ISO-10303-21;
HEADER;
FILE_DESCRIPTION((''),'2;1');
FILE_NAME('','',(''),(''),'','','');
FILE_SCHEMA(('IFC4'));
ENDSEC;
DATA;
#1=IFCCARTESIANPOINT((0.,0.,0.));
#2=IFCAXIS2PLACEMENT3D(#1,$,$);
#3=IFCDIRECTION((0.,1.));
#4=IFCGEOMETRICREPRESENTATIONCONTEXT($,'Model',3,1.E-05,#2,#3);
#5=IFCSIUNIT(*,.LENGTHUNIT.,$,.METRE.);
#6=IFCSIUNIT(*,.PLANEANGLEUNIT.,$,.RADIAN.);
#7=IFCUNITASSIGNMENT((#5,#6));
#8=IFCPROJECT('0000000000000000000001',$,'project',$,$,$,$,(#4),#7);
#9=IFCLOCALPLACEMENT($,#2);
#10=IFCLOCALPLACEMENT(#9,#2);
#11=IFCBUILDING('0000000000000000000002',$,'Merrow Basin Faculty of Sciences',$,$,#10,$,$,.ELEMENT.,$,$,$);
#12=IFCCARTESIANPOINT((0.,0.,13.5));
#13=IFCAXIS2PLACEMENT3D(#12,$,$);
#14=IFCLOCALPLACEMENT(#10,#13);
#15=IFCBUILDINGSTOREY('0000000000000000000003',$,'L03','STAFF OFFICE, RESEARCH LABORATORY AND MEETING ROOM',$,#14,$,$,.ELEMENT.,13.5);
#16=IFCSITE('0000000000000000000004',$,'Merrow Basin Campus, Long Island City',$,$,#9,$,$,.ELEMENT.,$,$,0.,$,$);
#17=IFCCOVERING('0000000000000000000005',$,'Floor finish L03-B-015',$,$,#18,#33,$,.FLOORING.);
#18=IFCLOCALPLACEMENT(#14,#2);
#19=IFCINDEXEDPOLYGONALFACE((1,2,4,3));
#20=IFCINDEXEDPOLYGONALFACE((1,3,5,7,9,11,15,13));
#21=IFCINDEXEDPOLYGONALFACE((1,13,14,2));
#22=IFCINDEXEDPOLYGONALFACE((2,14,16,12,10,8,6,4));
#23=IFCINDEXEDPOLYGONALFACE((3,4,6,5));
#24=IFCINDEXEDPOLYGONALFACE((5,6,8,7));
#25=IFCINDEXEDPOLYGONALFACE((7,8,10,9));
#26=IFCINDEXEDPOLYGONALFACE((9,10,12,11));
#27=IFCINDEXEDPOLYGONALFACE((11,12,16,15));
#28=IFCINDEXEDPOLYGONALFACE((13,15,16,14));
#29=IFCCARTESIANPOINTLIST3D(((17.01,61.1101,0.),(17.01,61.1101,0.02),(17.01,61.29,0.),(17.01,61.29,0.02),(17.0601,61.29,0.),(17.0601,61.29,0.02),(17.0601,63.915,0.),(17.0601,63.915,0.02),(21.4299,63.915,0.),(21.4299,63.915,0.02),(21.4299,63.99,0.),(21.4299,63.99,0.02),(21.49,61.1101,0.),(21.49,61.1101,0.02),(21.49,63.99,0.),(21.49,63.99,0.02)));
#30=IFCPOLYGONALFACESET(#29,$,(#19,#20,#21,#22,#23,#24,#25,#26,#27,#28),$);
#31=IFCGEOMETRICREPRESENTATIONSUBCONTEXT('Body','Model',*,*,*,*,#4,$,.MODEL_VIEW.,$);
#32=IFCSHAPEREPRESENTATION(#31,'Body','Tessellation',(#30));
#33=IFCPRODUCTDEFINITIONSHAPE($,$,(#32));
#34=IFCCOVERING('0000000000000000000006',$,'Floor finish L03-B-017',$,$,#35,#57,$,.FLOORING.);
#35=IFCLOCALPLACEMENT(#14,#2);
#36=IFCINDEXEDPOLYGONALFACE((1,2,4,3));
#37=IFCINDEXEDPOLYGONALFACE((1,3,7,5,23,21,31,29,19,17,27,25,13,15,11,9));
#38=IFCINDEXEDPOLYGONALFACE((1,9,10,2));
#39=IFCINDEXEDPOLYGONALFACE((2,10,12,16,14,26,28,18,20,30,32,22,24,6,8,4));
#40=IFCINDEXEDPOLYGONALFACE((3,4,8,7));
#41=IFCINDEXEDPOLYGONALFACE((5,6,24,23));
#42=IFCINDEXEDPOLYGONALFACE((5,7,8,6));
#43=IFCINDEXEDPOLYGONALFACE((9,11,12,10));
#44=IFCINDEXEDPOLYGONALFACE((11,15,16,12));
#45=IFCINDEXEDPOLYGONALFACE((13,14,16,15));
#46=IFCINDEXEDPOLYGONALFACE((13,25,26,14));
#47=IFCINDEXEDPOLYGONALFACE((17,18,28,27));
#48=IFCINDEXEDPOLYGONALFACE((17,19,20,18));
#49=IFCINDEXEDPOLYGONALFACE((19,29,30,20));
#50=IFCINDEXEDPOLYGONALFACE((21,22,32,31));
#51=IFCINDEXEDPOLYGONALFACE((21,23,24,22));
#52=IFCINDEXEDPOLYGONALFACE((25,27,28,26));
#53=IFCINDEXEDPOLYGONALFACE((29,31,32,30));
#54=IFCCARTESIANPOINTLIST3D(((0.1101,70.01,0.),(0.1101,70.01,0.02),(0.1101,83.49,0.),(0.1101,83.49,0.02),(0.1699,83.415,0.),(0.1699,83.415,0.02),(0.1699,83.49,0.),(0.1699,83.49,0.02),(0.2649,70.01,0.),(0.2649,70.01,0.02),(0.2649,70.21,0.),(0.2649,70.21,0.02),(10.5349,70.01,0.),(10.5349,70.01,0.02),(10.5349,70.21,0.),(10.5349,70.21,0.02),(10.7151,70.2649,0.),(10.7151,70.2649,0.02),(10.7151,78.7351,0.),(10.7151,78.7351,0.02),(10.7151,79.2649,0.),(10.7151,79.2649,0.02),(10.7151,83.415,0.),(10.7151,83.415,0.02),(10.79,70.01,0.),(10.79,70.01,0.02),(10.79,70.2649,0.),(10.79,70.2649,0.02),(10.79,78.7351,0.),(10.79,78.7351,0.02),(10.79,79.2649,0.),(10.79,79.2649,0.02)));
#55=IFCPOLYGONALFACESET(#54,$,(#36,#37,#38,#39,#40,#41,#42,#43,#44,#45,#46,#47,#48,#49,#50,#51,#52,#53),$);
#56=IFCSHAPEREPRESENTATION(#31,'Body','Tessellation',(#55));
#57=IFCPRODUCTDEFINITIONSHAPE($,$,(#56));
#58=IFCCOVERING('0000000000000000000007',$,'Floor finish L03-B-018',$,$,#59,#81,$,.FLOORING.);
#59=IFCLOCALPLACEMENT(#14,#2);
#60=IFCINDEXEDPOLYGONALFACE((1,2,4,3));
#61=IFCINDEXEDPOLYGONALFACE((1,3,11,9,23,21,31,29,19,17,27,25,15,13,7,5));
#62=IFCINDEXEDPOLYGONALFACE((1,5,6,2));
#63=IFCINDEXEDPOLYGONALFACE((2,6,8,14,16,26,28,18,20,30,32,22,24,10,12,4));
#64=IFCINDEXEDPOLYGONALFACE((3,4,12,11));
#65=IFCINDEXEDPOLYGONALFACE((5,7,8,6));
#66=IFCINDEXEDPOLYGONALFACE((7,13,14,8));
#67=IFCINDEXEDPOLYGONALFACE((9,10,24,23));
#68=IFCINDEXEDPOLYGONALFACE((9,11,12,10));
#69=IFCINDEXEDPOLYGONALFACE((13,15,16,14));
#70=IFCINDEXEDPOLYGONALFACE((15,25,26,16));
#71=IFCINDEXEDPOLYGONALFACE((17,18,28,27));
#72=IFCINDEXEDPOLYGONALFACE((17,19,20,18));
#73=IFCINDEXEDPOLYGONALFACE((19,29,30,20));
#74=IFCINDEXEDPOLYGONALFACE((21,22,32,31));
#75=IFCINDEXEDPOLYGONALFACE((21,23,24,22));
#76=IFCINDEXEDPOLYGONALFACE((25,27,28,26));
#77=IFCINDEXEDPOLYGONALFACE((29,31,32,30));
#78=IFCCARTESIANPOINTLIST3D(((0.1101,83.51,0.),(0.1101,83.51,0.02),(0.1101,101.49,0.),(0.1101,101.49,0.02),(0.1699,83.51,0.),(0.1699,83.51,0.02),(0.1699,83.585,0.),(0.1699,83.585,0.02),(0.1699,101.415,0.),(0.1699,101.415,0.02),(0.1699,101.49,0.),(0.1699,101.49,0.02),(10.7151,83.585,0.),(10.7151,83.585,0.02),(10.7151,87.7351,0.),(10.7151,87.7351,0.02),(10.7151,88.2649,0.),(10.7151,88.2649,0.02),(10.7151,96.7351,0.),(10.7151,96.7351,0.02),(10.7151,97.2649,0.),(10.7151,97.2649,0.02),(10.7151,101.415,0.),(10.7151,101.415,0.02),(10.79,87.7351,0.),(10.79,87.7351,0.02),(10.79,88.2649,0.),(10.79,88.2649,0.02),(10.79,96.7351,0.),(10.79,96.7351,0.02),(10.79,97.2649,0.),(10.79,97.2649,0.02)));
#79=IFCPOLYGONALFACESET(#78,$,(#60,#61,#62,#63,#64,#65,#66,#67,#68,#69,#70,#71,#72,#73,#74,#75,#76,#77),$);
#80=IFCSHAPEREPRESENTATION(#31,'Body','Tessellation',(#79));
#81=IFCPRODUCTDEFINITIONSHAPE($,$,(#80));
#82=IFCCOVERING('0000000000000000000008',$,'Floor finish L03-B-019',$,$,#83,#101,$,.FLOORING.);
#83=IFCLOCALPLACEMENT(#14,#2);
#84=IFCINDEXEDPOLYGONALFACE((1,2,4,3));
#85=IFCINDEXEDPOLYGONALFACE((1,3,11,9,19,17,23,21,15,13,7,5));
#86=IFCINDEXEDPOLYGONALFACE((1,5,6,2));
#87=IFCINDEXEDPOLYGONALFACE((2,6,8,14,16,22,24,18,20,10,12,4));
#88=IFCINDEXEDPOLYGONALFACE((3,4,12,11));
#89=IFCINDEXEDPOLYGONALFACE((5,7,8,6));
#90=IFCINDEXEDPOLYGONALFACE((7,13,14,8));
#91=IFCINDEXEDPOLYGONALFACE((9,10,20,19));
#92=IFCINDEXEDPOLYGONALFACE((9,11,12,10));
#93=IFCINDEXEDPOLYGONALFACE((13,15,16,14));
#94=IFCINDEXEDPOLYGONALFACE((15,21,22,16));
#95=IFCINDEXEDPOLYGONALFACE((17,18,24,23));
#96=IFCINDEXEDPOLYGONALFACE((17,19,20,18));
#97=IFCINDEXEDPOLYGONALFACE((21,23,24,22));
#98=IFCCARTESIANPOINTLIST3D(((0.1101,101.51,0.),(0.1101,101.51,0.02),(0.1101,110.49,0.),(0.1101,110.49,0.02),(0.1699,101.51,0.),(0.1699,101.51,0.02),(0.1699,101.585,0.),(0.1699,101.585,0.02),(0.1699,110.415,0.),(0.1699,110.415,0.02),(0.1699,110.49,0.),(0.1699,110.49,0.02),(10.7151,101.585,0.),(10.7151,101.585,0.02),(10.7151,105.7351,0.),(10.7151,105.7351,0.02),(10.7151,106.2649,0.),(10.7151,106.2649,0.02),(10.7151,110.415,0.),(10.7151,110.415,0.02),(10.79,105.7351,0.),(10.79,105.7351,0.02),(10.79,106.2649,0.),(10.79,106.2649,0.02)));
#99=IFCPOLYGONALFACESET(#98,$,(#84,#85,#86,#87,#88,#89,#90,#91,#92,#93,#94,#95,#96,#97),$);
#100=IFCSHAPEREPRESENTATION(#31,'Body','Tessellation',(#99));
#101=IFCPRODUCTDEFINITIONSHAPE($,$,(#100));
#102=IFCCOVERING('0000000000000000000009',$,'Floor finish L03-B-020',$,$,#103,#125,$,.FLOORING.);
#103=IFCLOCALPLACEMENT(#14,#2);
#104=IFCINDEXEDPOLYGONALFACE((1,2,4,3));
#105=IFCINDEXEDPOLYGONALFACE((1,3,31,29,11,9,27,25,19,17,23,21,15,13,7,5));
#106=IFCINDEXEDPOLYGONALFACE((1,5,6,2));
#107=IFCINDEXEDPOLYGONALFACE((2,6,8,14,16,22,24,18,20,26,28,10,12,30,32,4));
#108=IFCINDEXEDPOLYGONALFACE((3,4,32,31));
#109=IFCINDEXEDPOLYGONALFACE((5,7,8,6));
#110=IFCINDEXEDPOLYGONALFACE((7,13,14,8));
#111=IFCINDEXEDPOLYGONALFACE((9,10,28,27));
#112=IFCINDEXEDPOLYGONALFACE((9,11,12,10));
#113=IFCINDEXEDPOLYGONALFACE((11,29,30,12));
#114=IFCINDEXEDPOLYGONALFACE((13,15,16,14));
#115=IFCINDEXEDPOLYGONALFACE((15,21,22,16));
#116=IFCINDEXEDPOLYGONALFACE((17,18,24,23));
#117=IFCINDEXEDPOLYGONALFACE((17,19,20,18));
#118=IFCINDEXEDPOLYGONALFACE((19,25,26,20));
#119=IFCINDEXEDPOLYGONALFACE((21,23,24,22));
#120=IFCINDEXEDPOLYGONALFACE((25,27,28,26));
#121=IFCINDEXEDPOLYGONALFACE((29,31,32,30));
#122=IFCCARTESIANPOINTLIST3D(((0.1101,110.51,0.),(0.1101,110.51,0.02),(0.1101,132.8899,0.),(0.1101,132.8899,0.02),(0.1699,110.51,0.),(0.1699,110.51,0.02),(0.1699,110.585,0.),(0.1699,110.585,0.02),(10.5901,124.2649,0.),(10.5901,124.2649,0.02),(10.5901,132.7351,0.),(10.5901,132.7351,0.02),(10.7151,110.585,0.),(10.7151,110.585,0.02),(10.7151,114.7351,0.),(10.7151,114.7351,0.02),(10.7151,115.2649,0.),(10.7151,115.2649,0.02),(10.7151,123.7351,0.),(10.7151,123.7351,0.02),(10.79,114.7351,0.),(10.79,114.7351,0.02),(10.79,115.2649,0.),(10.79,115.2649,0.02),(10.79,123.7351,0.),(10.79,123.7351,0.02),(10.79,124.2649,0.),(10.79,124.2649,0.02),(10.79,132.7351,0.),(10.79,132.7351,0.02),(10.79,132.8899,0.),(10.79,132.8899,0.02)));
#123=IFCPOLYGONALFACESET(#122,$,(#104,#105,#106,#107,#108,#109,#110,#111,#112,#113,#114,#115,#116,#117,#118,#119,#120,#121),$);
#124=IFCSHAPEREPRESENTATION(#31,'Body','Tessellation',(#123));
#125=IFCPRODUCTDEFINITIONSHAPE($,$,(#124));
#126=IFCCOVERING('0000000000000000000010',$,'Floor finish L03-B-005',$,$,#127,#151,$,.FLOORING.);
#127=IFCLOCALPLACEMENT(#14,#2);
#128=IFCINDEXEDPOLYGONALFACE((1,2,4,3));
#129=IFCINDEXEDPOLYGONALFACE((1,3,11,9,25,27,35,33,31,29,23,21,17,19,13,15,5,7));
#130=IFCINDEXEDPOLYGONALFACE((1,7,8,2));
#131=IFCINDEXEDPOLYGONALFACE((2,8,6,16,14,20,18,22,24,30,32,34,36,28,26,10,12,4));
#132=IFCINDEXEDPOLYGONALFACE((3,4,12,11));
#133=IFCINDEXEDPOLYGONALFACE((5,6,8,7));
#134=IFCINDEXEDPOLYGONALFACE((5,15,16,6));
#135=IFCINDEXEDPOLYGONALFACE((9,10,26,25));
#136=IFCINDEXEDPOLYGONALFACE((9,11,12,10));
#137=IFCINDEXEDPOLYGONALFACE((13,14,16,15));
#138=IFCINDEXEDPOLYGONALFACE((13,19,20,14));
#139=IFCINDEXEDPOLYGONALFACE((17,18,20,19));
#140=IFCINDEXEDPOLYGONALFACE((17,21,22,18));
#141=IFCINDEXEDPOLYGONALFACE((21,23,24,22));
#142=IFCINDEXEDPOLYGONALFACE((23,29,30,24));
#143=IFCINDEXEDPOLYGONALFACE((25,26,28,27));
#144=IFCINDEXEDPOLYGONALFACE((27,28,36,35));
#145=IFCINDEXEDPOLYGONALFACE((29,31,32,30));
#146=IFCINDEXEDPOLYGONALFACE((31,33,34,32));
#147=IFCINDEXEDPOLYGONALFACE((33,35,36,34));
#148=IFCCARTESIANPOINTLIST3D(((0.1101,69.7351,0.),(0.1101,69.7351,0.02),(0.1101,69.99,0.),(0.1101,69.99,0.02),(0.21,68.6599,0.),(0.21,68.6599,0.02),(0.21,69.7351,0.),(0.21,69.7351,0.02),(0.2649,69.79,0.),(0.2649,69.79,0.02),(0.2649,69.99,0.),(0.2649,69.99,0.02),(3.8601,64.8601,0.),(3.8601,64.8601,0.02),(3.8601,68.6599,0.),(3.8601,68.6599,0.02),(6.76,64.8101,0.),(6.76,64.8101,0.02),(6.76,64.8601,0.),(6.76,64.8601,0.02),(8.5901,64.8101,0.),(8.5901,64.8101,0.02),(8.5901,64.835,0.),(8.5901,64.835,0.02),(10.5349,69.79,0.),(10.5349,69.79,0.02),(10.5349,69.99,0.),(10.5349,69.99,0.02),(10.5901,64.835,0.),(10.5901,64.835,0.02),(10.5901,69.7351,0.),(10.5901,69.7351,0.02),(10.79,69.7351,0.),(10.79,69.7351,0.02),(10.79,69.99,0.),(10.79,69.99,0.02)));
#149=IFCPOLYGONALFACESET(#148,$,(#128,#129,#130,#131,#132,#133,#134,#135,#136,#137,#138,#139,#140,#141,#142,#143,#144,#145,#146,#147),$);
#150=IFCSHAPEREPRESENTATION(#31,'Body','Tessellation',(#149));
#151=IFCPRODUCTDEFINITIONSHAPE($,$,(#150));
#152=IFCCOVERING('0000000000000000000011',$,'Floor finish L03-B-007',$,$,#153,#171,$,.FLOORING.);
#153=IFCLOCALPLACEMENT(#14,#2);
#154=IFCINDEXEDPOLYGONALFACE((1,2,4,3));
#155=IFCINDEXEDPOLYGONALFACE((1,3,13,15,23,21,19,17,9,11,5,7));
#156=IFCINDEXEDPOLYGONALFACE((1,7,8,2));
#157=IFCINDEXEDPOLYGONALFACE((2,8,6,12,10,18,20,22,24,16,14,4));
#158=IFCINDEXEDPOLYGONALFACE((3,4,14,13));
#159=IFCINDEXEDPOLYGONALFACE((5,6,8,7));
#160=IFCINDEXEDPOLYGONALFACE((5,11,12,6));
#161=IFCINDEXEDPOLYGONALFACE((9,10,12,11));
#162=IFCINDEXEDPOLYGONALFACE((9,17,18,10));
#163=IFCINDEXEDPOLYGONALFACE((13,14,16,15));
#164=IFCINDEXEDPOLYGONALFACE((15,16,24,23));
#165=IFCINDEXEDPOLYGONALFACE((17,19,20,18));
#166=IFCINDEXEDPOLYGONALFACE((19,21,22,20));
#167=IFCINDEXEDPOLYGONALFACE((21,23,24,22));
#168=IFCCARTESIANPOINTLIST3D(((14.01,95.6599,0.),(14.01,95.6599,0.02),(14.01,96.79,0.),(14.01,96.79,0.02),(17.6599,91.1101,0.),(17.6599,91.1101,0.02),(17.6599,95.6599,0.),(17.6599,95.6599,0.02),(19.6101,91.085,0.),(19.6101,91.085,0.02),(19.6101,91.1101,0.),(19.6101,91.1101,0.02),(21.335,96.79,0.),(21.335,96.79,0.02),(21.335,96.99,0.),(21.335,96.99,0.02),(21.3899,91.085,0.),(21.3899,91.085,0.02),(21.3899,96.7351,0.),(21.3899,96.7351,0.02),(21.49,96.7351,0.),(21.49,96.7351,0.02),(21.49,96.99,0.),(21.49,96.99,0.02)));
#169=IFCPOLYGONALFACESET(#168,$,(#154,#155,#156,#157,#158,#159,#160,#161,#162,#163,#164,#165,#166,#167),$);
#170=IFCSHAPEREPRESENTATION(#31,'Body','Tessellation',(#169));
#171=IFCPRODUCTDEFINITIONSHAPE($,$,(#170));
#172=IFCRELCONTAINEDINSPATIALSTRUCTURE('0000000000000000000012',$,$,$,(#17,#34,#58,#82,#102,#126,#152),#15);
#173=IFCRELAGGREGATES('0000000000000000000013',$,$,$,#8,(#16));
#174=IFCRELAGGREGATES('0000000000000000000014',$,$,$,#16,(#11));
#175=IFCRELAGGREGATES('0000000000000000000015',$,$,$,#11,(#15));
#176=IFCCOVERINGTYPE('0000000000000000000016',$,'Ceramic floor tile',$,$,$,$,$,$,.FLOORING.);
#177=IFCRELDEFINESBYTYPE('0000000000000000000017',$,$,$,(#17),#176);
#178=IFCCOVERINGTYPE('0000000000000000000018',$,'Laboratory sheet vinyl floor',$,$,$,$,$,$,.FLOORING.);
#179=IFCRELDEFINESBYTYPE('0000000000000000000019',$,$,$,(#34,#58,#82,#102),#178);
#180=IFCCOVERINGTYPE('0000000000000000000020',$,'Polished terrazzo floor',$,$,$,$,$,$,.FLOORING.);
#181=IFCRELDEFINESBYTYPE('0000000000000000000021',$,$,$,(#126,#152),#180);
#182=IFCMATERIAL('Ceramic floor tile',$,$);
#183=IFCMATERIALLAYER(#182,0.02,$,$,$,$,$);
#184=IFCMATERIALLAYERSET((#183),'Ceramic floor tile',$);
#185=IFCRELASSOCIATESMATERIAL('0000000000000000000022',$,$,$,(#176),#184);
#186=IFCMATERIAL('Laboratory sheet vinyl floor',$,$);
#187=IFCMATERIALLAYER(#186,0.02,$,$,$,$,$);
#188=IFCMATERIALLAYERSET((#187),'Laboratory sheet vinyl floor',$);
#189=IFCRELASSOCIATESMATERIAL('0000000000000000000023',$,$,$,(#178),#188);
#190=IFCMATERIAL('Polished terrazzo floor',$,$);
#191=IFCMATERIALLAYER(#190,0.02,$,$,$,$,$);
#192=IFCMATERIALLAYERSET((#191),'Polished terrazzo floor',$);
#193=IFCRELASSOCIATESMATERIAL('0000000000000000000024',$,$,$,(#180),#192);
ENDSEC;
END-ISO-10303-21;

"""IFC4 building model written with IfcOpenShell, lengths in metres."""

from ifc_helpers import new_model, si_unit, direction, frame, origin, place, context, subcontext, project, spatial, polyline, outline, extrude, material, layer, layer_set, type_object, element, save


model = new_model("IFC4")

# Units and contexts
model_context = context("Model", 3, precision=1e-05, world=origin(), true_north=direction((0.0, 1.0)))
body_context = subcontext(model_context, "Body", "Model", "MODEL_VIEW")
ifc_project = project(units=[si_unit("LENGTHUNIT", "METRE"), si_unit("PLANEANGLEUNIT", "RADIAN")], contexts=[model_context])

# Site, building, storey
site_placement = place(None, origin())
site = spatial("IfcSite", under=ifc_project, at=site_placement, Name="Merrow Basin Campus, Long Island City", CompositionType="ELEMENT", RefElevation=0.0)
building_placement = place(site_placement, origin())
building = spatial("IfcBuilding", under=site, at=building_placement, Name="Merrow Basin Faculty of Sciences", CompositionType="ELEMENT")
storey_placement = place(building_placement, frame((0.0, 0.0, 13.5)))
storey = spatial("IfcBuildingStorey", under=building, at=storey_placement, Name="L03", Description="STAFF OFFICE, RESEARCH LABORATORY AND MEETING ROOM", CompositionType="ELEMENT", Elevation=13.5)

# Coverings
ifc_material_1 = material(Name="Ceramic floor tile")
ifc_layer_1 = layer(ifc_material_1, 0.02)
ifc_layer_set_1 = layer_set([ifc_layer_1], Name="Ceramic floor tile")
covering_type_1 = type_object("IfcCoveringType", Name="Ceramic floor tile", PredefinedType="FLOORING", material=ifc_layer_set_1)
covering_1_placement = place(storey_placement, origin())
element("IfcCovering", 1, at=covering_1_placement, inside=storey, type_object=covering_type_1, Name="Floor finish L03-B-015", PredefinedType="FLOORING", context=body_context, shape_type="SweptSolid", body=[
    extrude(outline(polyline([(21.49, 63.99), (21.49, 61.1101), (17.01, 61.1101), (17.01, 61.29), (17.0601, 61.29), (17.0601, 63.915), (21.4299, 63.915), (21.4299, 63.99), (21.49, 63.99)])), origin(), (0.0, 0.0, 1.0), 0.02),
])
ifc_material_2 = material(Name="Laboratory sheet vinyl floor")
ifc_layer_2 = layer(ifc_material_2, 0.02)
ifc_layer_set_2 = layer_set([ifc_layer_2], Name="Laboratory sheet vinyl floor")
covering_type_2 = type_object("IfcCoveringType", Name="Laboratory sheet vinyl floor", PredefinedType="FLOORING", material=ifc_layer_set_2)
covering_2_placement = place(storey_placement, origin())
element("IfcCovering", 2, at=covering_2_placement, inside=storey, type_object=covering_type_2, Name="Floor finish L03-B-017", PredefinedType="FLOORING", context=body_context, shape_type="SweptSolid", body=[
    extrude(outline(polyline([(10.7151, 83.415), (10.7151, 79.2649), (10.79, 79.2649), (10.79, 78.7351), (10.7151, 78.7351), (10.7151, 70.2649), (10.79, 70.2649), (10.79, 70.01), (10.5349, 70.01), (10.5349, 70.21), (0.2649, 70.21), (0.2649, 70.01), (0.1101, 70.01), (0.1101, 83.49), (0.1699, 83.49), (0.1699, 83.415), (10.7151, 83.415)])), origin(), (0.0, 0.0, 1.0), 0.02),
])
covering_3_placement = place(storey_placement, origin())
element("IfcCovering", 3, at=covering_3_placement, inside=storey, type_object=covering_type_2, Name="Floor finish L03-B-018", PredefinedType="FLOORING", context=body_context, shape_type="SweptSolid", body=[
    extrude(outline(polyline([(10.7151, 101.415), (10.7151, 97.2649), (10.79, 97.2649), (10.79, 96.7351), (10.7151, 96.7351), (10.7151, 88.2649), (10.79, 88.2649), (10.79, 87.7351), (10.7151, 87.7351), (10.7151, 83.585), (0.1699, 83.585), (0.1699, 83.51), (0.1101, 83.51), (0.1101, 101.49), (0.1699, 101.49), (0.1699, 101.415), (10.7151, 101.415)])), origin(), (0.0, 0.0, 1.0), 0.02),
])
covering_4_placement = place(storey_placement, origin())
element("IfcCovering", 4, at=covering_4_placement, inside=storey, type_object=covering_type_2, Name="Floor finish L03-B-019", PredefinedType="FLOORING", context=body_context, shape_type="SweptSolid", body=[
    extrude(outline(polyline([(10.7151, 110.415), (10.7151, 106.2649), (10.79, 106.2649), (10.79, 105.7351), (10.7151, 105.7351), (10.7151, 101.585), (0.1699, 101.585), (0.1699, 101.51), (0.1101, 101.51), (0.1101, 110.49), (0.1699, 110.49), (0.1699, 110.415), (10.7151, 110.415)])), origin(), (0.0, 0.0, 1.0), 0.02),
])
covering_5_placement = place(storey_placement, origin())
element("IfcCovering", 5, at=covering_5_placement, inside=storey, type_object=covering_type_2, Name="Floor finish L03-B-020", PredefinedType="FLOORING", context=body_context, shape_type="SweptSolid", body=[
    extrude(outline(polyline([(10.7151, 110.585), (0.1699, 110.585), (0.1699, 110.51), (0.1101, 110.51), (0.1101, 132.8899), (10.79, 132.8899), (10.79, 132.7351), (10.5901, 132.7351), (10.5901, 124.2649), (10.79, 124.2649), (10.79, 123.7351), (10.7151, 123.7351), (10.7151, 115.2649), (10.79, 115.2649), (10.79, 114.7351), (10.7151, 114.7351), (10.7151, 110.585)])), origin(), (0.0, 0.0, 1.0), 0.02),
])
ifc_material_3 = material(Name="Polished terrazzo floor")
ifc_layer_3 = layer(ifc_material_3, 0.02)
ifc_layer_set_3 = layer_set([ifc_layer_3], Name="Polished terrazzo floor")
covering_type_3 = type_object("IfcCoveringType", Name="Polished terrazzo floor", PredefinedType="FLOORING", material=ifc_layer_set_3)
covering_6_placement = place(storey_placement, origin())
element("IfcCovering", 6, at=covering_6_placement, inside=storey, type_object=covering_type_3, Name="Floor finish L03-B-005", PredefinedType="FLOORING", context=body_context, shape_type="SweptSolid", body=[
    extrude(outline(polyline([(10.5901, 64.835), (8.5901, 64.835), (8.5901, 64.8101), (6.76, 64.8101), (6.76, 64.8601), (3.8601, 64.8601), (3.8601, 68.6599), (0.21, 68.6599), (0.21, 69.7351), (0.1101, 69.7351), (0.1101, 69.99), (0.2649, 69.99), (0.2649, 69.79), (10.5349, 69.79), (10.5349, 69.99), (10.79, 69.99), (10.79, 69.7351), (10.5901, 69.7351), (10.5901, 64.835)])), origin(), (0.0, 0.0, 1.0), 0.02),
])
covering_7_placement = place(storey_placement, origin())
element("IfcCovering", 7, at=covering_7_placement, inside=storey, type_object=covering_type_3, Name="Floor finish L03-B-007", PredefinedType="FLOORING", context=body_context, shape_type="SweptSolid", body=[
    extrude(outline(polyline([(21.3899, 91.085), (19.6101, 91.085), (19.6101, 91.1101), (17.6599, 91.1101), (17.6599, 95.6599), (14.01, 95.6599), (14.01, 96.79), (21.335, 96.79), (21.335, 96.99), (21.49, 96.99), (21.49, 96.7351), (21.3899, 96.7351), (21.3899, 91.085)])), origin(), (0.0, 0.0, 1.0), 0.02),
])

save(model, "model.ifc")
